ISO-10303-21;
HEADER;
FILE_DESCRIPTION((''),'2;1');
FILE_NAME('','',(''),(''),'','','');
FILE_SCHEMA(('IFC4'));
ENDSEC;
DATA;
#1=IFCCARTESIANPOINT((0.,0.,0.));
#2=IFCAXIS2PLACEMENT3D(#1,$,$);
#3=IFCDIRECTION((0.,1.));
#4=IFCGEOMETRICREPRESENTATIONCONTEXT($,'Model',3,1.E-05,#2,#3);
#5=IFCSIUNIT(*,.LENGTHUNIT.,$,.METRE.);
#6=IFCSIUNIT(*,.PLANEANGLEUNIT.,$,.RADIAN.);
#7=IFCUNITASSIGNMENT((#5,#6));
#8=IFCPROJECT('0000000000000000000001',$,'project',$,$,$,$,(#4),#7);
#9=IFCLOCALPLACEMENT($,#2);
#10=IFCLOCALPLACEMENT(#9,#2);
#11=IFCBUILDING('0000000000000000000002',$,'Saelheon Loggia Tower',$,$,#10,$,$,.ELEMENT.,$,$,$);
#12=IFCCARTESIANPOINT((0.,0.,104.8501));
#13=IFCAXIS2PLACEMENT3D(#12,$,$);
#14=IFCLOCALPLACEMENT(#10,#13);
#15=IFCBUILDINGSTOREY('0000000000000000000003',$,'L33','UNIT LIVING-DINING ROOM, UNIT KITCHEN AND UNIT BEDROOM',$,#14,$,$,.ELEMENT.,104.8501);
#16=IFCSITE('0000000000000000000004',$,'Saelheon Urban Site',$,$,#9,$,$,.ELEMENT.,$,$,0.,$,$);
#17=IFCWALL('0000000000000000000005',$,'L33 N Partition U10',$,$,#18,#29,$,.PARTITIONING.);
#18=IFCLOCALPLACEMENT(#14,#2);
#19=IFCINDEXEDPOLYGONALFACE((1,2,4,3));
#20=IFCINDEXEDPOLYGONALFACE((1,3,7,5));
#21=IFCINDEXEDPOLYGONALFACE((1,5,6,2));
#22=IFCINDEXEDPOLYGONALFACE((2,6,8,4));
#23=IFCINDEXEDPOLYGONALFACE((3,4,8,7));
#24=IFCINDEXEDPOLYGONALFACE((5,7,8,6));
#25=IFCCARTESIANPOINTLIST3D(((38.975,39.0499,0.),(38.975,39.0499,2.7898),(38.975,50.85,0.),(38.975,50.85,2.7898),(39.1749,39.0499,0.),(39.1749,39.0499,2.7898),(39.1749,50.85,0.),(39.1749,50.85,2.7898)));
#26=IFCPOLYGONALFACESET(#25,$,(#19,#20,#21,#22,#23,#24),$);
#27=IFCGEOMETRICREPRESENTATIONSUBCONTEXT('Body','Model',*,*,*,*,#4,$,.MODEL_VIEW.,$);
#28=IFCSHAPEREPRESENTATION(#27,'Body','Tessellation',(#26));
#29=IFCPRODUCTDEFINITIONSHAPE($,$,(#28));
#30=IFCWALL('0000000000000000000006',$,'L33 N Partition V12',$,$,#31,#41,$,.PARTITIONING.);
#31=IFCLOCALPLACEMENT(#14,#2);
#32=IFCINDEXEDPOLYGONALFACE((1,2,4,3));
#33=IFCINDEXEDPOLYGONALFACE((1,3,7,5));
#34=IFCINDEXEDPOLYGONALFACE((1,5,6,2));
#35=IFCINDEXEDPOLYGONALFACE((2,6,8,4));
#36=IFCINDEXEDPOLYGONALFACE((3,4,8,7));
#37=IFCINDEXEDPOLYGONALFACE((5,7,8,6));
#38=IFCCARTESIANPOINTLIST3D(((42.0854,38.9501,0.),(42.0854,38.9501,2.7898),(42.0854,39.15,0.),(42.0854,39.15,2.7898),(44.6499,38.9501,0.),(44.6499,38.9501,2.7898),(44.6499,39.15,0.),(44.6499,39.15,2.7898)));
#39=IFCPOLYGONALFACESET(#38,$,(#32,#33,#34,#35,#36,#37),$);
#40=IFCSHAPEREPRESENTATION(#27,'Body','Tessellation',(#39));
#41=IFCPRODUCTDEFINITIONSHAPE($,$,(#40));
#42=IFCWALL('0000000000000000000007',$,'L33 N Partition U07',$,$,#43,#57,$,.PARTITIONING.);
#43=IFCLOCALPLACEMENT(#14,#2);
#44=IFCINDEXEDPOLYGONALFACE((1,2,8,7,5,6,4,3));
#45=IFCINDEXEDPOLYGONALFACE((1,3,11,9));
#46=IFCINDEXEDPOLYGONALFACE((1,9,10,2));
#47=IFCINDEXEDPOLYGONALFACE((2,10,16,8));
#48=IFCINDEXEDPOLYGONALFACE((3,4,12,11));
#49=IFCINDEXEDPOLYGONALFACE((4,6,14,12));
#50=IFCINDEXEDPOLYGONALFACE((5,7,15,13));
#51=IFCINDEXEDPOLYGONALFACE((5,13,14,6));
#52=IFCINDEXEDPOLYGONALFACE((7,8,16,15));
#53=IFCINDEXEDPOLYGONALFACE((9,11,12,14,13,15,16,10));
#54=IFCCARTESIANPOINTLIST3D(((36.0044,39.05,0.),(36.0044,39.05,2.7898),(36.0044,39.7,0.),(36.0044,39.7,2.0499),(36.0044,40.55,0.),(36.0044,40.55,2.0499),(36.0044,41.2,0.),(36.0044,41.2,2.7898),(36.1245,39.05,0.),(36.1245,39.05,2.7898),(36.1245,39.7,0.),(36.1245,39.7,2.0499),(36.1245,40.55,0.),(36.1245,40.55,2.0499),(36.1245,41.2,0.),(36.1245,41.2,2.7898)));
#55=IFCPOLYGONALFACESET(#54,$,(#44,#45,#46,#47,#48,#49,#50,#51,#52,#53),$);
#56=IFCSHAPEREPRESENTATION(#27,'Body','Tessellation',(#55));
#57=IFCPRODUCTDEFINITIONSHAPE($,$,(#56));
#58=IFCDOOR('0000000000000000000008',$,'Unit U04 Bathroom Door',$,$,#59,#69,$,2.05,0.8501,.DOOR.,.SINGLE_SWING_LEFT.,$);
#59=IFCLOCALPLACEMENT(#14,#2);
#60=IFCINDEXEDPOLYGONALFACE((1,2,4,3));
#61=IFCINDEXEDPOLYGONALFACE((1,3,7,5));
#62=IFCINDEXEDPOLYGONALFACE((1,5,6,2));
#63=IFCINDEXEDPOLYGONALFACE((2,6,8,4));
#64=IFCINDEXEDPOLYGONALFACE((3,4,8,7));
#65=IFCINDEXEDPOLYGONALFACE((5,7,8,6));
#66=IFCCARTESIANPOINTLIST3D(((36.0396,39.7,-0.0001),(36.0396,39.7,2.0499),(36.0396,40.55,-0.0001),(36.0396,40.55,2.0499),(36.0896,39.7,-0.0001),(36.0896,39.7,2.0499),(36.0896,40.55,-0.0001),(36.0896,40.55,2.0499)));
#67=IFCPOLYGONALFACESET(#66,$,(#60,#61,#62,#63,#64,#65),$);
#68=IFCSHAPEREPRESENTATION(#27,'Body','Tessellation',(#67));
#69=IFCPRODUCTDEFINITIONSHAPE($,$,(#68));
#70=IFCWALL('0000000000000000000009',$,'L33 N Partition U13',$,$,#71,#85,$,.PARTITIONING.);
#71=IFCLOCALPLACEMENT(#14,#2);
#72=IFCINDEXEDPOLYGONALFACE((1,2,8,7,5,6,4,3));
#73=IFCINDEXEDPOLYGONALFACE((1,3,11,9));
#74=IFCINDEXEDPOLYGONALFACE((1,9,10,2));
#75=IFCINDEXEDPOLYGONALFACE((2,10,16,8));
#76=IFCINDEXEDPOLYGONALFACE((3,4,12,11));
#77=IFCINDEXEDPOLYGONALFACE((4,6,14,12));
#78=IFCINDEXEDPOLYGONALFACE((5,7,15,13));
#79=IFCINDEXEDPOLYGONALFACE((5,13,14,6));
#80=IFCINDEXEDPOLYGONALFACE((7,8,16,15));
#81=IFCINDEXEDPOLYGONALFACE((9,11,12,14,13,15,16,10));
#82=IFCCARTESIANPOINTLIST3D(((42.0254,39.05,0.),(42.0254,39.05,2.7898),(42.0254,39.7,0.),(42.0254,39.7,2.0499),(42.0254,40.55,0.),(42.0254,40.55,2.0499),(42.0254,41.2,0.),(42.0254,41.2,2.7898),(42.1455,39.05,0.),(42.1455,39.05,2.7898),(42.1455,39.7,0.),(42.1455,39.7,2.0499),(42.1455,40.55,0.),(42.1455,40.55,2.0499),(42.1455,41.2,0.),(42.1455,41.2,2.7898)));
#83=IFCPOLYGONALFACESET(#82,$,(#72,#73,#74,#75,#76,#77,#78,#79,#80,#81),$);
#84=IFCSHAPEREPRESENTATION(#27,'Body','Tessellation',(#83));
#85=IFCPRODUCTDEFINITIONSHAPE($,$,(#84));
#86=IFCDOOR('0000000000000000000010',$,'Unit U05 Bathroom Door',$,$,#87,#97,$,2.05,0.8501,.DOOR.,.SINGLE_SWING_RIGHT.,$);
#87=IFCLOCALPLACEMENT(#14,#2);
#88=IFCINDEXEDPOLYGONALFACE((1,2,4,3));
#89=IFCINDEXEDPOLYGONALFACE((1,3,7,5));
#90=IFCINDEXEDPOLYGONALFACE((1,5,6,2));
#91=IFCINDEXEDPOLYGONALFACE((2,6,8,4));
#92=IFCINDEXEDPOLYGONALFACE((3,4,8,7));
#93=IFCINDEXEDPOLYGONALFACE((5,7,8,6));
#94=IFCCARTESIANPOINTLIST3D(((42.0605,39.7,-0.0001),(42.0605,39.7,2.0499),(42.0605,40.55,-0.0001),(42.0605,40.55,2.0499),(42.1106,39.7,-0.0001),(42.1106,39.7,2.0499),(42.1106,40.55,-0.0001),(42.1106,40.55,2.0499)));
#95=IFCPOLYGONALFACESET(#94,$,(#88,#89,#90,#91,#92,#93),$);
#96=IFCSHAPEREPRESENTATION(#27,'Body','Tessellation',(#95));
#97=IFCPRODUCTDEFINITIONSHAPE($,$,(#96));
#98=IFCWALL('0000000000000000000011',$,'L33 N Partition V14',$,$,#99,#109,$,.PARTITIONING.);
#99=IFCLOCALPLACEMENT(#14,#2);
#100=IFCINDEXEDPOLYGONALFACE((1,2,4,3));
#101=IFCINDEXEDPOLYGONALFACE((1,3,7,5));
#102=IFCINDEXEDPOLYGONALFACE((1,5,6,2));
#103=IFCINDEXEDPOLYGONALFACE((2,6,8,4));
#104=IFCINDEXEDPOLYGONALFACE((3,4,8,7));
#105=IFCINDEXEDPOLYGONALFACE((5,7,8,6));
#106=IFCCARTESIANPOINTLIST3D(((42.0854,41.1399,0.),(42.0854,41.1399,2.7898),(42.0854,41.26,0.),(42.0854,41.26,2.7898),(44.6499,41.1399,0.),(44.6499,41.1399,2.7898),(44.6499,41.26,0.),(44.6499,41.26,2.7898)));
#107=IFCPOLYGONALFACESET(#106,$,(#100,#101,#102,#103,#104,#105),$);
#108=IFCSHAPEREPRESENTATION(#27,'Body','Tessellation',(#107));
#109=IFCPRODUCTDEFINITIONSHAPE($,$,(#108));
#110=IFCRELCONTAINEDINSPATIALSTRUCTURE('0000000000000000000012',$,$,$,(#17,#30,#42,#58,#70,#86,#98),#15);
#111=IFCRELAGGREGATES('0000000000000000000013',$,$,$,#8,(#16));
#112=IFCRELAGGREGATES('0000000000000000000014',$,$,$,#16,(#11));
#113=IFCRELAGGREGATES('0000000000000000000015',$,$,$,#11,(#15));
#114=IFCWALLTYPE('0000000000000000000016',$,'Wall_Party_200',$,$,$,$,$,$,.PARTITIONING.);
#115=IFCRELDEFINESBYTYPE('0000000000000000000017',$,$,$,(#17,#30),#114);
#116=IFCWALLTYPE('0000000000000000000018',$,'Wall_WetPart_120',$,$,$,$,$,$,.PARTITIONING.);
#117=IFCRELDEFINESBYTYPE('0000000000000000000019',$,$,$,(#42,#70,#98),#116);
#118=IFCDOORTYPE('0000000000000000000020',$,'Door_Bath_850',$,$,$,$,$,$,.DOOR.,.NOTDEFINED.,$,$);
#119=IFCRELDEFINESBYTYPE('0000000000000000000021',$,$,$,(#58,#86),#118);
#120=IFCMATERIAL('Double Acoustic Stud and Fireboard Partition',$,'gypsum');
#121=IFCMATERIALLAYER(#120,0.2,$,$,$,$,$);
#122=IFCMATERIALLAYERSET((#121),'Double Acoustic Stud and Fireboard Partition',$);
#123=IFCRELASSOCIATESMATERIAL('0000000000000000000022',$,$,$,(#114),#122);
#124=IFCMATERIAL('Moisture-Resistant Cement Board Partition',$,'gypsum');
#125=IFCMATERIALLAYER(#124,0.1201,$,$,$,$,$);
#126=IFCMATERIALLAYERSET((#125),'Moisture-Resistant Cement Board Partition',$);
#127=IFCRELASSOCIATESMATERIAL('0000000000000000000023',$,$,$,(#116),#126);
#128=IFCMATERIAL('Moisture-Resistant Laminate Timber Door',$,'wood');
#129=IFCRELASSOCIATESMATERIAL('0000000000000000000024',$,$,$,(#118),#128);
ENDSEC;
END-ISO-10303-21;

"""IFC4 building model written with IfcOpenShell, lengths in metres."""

from ifc_helpers import new_model, si_unit, direction, frame, frame_2d, origin, place, context, subcontext, project, spatial, rectangle, extrude, source, transform, mapped, material, layer, layer_set, type_object, element, fill, save


model = new_model("IFC4")

# Units and contexts
model_context = context("Model", 3, precision=1e-05, world=origin(), true_north=direction((0.0, 1.0)))
body_context = subcontext(model_context, "Body", "Model", "MODEL_VIEW")
ifc_project = project(units=[si_unit("LENGTHUNIT", "METRE"), si_unit("PLANEANGLEUNIT", "RADIAN")], contexts=[model_context])

# Site, building, storey
site_placement = place(None, origin())
site = spatial("IfcSite", under=ifc_project, at=site_placement, Name="Saelheon Urban Site", CompositionType="ELEMENT", RefElevation=0.0)
building_placement = place(site_placement, origin())
building = spatial("IfcBuilding", under=site, at=building_placement, Name="Saelheon Loggia Tower", CompositionType="ELEMENT")
storey_placement = place(building_placement, frame((0.0, 0.0, 104.8501)))
storey = spatial("IfcBuildingStorey", under=building, at=storey_placement, Name="L33", Description="UNIT LIVING-DINING ROOM, UNIT KITCHEN AND UNIT BEDROOM", CompositionType="ELEMENT", Elevation=104.8501)

# Shared definitions
ifc_material_1 = material(Name="Double Acoustic Stud and Fireboard Partition", Category="gypsum")
ifc_layer_1 = layer(ifc_material_1, 0.2)
ifc_layer_set_1 = layer_set([ifc_layer_1], Name="Double Acoustic Stud and Fireboard Partition")
wall_type_1 = type_object("IfcWallType", Name="Wall_Party_200", PredefinedType="PARTITIONING", material=ifc_layer_set_1)

# Wall
wall_1_placement = place(storey_placement, frame((39.075, 39.05, 0.0), z_axis=(0.0, 0.0, 1.0), x_axis=(0.0, 1.0, 0.0)))
element("IfcWall", 1, at=wall_1_placement, inside=storey, type_object=wall_type_1, Name="L33 N Partition U10", PredefinedType="PARTITIONING", context=body_context, shape_type="SweptSolid", body=[
    extrude(rectangle(XDim=11.8, YDim=0.2, at=frame_2d((5.8999, 0.0))), origin(), (0.0, 0.0, 1.0), 2.7898),
])

# Wall
wall_2_placement = place(storey_placement, frame((42.0854, 39.05, 0.0), z_axis=(0.0, 0.0, 1.0), x_axis=(1.0, 0.0, 0.0)))
element("IfcWall", 2, at=wall_2_placement, inside=storey, type_object=wall_type_1, Name="L33 N Partition V12", PredefinedType="PARTITIONING", context=body_context, shape_type="SweptSolid", body=[
    extrude(rectangle(XDim=2.5645, YDim=0.2, at=frame_2d((1.2822, 0.0))), origin(), (0.0, 0.0, 1.0), 2.7898),
])

# Walls, openings, doors
ifc_material_2 = material(Name="Moisture-Resistant Cement Board Partition", Category="gypsum")
ifc_layer_2 = layer(ifc_material_2, 0.1201)
ifc_layer_set_2 = layer_set([ifc_layer_2], Name="Moisture-Resistant Cement Board Partition")
wall_type_2 = type_object("IfcWallType", Name="Wall_WetPart_120", PredefinedType="PARTITIONING", material=ifc_layer_set_2)
wall_3_placement = place(storey_placement, frame((36.0645, 39.05, 0.0), z_axis=(0.0, 0.0, 1.0), x_axis=(0.0, 1.0, 0.0)))
wall_3 = element("IfcWall", 3, at=wall_3_placement, inside=storey, type_object=wall_type_2, Name="L33 N Partition U07", PredefinedType="PARTITIONING", context=body_context, shape_type="SweptSolid", body=[
    extrude(rectangle(XDim=2.1499, YDim=0.1201, at=frame_2d((1.075, 0.0))), origin(), (0.0, 0.0, 1.0), 2.7898),
])
opening_1_placement = place(wall_3_placement, frame((0.6499, 0.0, 0.0)))
opening_1 = element("IfcOpeningElement", 4, at=opening_1_placement, cuts=wall_3, PredefinedType="OPENING", context=body_context, shape_type="SweptSolid", body=[
    extrude(rectangle(XDim=0.8501, YDim=2.05, at=frame_2d((0.425, 1.0249))), frame((0.0, 0.072, 0.0), z_axis=(0.0, -1.0, 0.0), x_axis=(1.0, 0.0, 0.0)), (0.0, 0.0, 1.0), 0.144),
])
ifc_material_3 = material(Name="Moisture-Resistant Laminate Timber Door", Category="wood")
door_type_1 = type_object("IfcDoorType", Name="Door_Bath_850", OperationType="NOTDEFINED", PredefinedType="DOOR", material=ifc_material_3)
shared_shape_1 = source(origin(), body_context, "Body", "SweptSolid", [
    extrude(rectangle(XDim=0.8501, YDim=2.05, at=frame_2d((0.425, 1.0249))), frame((0.0, 0.0249, 0.0), z_axis=(0.0, -1.0, 0.0), x_axis=(1.0, 0.0, 0.0)), (0.0, 0.0, 1.0), 0.05),
])
door_1_placement = place(opening_1_placement, origin())
door_1 = element("IfcDoor", 5, at=door_1_placement, inside=storey, type_object=door_type_1, Name="Unit U04 Bathroom Door", OperationType="SINGLE_SWING_LEFT", OverallHeight=2.05, OverallWidth=0.8501, PredefinedType="DOOR", context=body_context, shape_type="MappedRepresentation", body=[
    mapped(shared_shape_1, transform((0.0, 0.0, 0.0), scale=1.0)),
])
fill(opening_1, door_1)
wall_4_placement = place(storey_placement, frame((42.0854, 39.05, 0.0), z_axis=(0.0, 0.0, 1.0), x_axis=(0.0, 1.0, 0.0)))
wall_4 = element("IfcWall", 6, at=wall_4_placement, inside=storey, type_object=wall_type_2, Name="L33 N Partition U13", PredefinedType="PARTITIONING", context=body_context, shape_type="SweptSolid", body=[
    extrude(rectangle(XDim=2.1499, YDim=0.1201, at=frame_2d((1.075, 0.0))), origin(), (0.0, 0.0, 1.0), 2.7898),
])
opening_2_placement = place(wall_4_placement, frame((0.6499, 0.0, 0.0)))
opening_2 = element("IfcOpeningElement", 7, at=opening_2_placement, cuts=wall_4, PredefinedType="OPENING", context=body_context, shape_type="SweptSolid", body=[
    extrude(rectangle(XDim=0.8501, YDim=2.05, at=frame_2d((0.425, 1.0249))), frame((0.0, 0.072, 0.0), z_axis=(0.0, -1.0, 0.0), x_axis=(1.0, 0.0, 0.0)), (0.0, 0.0, 1.0), 0.144),
])
door_2_placement = place(opening_2_placement, origin())
door_2 = element("IfcDoor", 8, at=door_2_placement, inside=storey, type_object=door_type_1, Name="Unit U05 Bathroom Door", OperationType="SINGLE_SWING_RIGHT", OverallHeight=2.05, OverallWidth=0.8501, PredefinedType="DOOR", context=body_context, shape_type="MappedRepresentation", body=[
    mapped(shared_shape_1, transform((0.0, 0.0, 0.0), scale=1.0)),
])
fill(opening_2, door_2)

# Wall
wall_5_placement = place(storey_placement, frame((42.0854, 41.2, 0.0), z_axis=(0.0, 0.0, 1.0), x_axis=(1.0, 0.0, 0.0)))
element("IfcWall", 9, at=wall_5_placement, inside=storey, type_object=wall_type_2, Name="L33 N Partition V14", PredefinedType="PARTITIONING", context=body_context, shape_type="SweptSolid", body=[
    extrude(rectangle(XDim=2.5645, YDim=0.1201, at=frame_2d((1.2822, 0.0))), origin(), (0.0, 0.0, 1.0), 2.7898),
])

save(model, "model.ifc")
